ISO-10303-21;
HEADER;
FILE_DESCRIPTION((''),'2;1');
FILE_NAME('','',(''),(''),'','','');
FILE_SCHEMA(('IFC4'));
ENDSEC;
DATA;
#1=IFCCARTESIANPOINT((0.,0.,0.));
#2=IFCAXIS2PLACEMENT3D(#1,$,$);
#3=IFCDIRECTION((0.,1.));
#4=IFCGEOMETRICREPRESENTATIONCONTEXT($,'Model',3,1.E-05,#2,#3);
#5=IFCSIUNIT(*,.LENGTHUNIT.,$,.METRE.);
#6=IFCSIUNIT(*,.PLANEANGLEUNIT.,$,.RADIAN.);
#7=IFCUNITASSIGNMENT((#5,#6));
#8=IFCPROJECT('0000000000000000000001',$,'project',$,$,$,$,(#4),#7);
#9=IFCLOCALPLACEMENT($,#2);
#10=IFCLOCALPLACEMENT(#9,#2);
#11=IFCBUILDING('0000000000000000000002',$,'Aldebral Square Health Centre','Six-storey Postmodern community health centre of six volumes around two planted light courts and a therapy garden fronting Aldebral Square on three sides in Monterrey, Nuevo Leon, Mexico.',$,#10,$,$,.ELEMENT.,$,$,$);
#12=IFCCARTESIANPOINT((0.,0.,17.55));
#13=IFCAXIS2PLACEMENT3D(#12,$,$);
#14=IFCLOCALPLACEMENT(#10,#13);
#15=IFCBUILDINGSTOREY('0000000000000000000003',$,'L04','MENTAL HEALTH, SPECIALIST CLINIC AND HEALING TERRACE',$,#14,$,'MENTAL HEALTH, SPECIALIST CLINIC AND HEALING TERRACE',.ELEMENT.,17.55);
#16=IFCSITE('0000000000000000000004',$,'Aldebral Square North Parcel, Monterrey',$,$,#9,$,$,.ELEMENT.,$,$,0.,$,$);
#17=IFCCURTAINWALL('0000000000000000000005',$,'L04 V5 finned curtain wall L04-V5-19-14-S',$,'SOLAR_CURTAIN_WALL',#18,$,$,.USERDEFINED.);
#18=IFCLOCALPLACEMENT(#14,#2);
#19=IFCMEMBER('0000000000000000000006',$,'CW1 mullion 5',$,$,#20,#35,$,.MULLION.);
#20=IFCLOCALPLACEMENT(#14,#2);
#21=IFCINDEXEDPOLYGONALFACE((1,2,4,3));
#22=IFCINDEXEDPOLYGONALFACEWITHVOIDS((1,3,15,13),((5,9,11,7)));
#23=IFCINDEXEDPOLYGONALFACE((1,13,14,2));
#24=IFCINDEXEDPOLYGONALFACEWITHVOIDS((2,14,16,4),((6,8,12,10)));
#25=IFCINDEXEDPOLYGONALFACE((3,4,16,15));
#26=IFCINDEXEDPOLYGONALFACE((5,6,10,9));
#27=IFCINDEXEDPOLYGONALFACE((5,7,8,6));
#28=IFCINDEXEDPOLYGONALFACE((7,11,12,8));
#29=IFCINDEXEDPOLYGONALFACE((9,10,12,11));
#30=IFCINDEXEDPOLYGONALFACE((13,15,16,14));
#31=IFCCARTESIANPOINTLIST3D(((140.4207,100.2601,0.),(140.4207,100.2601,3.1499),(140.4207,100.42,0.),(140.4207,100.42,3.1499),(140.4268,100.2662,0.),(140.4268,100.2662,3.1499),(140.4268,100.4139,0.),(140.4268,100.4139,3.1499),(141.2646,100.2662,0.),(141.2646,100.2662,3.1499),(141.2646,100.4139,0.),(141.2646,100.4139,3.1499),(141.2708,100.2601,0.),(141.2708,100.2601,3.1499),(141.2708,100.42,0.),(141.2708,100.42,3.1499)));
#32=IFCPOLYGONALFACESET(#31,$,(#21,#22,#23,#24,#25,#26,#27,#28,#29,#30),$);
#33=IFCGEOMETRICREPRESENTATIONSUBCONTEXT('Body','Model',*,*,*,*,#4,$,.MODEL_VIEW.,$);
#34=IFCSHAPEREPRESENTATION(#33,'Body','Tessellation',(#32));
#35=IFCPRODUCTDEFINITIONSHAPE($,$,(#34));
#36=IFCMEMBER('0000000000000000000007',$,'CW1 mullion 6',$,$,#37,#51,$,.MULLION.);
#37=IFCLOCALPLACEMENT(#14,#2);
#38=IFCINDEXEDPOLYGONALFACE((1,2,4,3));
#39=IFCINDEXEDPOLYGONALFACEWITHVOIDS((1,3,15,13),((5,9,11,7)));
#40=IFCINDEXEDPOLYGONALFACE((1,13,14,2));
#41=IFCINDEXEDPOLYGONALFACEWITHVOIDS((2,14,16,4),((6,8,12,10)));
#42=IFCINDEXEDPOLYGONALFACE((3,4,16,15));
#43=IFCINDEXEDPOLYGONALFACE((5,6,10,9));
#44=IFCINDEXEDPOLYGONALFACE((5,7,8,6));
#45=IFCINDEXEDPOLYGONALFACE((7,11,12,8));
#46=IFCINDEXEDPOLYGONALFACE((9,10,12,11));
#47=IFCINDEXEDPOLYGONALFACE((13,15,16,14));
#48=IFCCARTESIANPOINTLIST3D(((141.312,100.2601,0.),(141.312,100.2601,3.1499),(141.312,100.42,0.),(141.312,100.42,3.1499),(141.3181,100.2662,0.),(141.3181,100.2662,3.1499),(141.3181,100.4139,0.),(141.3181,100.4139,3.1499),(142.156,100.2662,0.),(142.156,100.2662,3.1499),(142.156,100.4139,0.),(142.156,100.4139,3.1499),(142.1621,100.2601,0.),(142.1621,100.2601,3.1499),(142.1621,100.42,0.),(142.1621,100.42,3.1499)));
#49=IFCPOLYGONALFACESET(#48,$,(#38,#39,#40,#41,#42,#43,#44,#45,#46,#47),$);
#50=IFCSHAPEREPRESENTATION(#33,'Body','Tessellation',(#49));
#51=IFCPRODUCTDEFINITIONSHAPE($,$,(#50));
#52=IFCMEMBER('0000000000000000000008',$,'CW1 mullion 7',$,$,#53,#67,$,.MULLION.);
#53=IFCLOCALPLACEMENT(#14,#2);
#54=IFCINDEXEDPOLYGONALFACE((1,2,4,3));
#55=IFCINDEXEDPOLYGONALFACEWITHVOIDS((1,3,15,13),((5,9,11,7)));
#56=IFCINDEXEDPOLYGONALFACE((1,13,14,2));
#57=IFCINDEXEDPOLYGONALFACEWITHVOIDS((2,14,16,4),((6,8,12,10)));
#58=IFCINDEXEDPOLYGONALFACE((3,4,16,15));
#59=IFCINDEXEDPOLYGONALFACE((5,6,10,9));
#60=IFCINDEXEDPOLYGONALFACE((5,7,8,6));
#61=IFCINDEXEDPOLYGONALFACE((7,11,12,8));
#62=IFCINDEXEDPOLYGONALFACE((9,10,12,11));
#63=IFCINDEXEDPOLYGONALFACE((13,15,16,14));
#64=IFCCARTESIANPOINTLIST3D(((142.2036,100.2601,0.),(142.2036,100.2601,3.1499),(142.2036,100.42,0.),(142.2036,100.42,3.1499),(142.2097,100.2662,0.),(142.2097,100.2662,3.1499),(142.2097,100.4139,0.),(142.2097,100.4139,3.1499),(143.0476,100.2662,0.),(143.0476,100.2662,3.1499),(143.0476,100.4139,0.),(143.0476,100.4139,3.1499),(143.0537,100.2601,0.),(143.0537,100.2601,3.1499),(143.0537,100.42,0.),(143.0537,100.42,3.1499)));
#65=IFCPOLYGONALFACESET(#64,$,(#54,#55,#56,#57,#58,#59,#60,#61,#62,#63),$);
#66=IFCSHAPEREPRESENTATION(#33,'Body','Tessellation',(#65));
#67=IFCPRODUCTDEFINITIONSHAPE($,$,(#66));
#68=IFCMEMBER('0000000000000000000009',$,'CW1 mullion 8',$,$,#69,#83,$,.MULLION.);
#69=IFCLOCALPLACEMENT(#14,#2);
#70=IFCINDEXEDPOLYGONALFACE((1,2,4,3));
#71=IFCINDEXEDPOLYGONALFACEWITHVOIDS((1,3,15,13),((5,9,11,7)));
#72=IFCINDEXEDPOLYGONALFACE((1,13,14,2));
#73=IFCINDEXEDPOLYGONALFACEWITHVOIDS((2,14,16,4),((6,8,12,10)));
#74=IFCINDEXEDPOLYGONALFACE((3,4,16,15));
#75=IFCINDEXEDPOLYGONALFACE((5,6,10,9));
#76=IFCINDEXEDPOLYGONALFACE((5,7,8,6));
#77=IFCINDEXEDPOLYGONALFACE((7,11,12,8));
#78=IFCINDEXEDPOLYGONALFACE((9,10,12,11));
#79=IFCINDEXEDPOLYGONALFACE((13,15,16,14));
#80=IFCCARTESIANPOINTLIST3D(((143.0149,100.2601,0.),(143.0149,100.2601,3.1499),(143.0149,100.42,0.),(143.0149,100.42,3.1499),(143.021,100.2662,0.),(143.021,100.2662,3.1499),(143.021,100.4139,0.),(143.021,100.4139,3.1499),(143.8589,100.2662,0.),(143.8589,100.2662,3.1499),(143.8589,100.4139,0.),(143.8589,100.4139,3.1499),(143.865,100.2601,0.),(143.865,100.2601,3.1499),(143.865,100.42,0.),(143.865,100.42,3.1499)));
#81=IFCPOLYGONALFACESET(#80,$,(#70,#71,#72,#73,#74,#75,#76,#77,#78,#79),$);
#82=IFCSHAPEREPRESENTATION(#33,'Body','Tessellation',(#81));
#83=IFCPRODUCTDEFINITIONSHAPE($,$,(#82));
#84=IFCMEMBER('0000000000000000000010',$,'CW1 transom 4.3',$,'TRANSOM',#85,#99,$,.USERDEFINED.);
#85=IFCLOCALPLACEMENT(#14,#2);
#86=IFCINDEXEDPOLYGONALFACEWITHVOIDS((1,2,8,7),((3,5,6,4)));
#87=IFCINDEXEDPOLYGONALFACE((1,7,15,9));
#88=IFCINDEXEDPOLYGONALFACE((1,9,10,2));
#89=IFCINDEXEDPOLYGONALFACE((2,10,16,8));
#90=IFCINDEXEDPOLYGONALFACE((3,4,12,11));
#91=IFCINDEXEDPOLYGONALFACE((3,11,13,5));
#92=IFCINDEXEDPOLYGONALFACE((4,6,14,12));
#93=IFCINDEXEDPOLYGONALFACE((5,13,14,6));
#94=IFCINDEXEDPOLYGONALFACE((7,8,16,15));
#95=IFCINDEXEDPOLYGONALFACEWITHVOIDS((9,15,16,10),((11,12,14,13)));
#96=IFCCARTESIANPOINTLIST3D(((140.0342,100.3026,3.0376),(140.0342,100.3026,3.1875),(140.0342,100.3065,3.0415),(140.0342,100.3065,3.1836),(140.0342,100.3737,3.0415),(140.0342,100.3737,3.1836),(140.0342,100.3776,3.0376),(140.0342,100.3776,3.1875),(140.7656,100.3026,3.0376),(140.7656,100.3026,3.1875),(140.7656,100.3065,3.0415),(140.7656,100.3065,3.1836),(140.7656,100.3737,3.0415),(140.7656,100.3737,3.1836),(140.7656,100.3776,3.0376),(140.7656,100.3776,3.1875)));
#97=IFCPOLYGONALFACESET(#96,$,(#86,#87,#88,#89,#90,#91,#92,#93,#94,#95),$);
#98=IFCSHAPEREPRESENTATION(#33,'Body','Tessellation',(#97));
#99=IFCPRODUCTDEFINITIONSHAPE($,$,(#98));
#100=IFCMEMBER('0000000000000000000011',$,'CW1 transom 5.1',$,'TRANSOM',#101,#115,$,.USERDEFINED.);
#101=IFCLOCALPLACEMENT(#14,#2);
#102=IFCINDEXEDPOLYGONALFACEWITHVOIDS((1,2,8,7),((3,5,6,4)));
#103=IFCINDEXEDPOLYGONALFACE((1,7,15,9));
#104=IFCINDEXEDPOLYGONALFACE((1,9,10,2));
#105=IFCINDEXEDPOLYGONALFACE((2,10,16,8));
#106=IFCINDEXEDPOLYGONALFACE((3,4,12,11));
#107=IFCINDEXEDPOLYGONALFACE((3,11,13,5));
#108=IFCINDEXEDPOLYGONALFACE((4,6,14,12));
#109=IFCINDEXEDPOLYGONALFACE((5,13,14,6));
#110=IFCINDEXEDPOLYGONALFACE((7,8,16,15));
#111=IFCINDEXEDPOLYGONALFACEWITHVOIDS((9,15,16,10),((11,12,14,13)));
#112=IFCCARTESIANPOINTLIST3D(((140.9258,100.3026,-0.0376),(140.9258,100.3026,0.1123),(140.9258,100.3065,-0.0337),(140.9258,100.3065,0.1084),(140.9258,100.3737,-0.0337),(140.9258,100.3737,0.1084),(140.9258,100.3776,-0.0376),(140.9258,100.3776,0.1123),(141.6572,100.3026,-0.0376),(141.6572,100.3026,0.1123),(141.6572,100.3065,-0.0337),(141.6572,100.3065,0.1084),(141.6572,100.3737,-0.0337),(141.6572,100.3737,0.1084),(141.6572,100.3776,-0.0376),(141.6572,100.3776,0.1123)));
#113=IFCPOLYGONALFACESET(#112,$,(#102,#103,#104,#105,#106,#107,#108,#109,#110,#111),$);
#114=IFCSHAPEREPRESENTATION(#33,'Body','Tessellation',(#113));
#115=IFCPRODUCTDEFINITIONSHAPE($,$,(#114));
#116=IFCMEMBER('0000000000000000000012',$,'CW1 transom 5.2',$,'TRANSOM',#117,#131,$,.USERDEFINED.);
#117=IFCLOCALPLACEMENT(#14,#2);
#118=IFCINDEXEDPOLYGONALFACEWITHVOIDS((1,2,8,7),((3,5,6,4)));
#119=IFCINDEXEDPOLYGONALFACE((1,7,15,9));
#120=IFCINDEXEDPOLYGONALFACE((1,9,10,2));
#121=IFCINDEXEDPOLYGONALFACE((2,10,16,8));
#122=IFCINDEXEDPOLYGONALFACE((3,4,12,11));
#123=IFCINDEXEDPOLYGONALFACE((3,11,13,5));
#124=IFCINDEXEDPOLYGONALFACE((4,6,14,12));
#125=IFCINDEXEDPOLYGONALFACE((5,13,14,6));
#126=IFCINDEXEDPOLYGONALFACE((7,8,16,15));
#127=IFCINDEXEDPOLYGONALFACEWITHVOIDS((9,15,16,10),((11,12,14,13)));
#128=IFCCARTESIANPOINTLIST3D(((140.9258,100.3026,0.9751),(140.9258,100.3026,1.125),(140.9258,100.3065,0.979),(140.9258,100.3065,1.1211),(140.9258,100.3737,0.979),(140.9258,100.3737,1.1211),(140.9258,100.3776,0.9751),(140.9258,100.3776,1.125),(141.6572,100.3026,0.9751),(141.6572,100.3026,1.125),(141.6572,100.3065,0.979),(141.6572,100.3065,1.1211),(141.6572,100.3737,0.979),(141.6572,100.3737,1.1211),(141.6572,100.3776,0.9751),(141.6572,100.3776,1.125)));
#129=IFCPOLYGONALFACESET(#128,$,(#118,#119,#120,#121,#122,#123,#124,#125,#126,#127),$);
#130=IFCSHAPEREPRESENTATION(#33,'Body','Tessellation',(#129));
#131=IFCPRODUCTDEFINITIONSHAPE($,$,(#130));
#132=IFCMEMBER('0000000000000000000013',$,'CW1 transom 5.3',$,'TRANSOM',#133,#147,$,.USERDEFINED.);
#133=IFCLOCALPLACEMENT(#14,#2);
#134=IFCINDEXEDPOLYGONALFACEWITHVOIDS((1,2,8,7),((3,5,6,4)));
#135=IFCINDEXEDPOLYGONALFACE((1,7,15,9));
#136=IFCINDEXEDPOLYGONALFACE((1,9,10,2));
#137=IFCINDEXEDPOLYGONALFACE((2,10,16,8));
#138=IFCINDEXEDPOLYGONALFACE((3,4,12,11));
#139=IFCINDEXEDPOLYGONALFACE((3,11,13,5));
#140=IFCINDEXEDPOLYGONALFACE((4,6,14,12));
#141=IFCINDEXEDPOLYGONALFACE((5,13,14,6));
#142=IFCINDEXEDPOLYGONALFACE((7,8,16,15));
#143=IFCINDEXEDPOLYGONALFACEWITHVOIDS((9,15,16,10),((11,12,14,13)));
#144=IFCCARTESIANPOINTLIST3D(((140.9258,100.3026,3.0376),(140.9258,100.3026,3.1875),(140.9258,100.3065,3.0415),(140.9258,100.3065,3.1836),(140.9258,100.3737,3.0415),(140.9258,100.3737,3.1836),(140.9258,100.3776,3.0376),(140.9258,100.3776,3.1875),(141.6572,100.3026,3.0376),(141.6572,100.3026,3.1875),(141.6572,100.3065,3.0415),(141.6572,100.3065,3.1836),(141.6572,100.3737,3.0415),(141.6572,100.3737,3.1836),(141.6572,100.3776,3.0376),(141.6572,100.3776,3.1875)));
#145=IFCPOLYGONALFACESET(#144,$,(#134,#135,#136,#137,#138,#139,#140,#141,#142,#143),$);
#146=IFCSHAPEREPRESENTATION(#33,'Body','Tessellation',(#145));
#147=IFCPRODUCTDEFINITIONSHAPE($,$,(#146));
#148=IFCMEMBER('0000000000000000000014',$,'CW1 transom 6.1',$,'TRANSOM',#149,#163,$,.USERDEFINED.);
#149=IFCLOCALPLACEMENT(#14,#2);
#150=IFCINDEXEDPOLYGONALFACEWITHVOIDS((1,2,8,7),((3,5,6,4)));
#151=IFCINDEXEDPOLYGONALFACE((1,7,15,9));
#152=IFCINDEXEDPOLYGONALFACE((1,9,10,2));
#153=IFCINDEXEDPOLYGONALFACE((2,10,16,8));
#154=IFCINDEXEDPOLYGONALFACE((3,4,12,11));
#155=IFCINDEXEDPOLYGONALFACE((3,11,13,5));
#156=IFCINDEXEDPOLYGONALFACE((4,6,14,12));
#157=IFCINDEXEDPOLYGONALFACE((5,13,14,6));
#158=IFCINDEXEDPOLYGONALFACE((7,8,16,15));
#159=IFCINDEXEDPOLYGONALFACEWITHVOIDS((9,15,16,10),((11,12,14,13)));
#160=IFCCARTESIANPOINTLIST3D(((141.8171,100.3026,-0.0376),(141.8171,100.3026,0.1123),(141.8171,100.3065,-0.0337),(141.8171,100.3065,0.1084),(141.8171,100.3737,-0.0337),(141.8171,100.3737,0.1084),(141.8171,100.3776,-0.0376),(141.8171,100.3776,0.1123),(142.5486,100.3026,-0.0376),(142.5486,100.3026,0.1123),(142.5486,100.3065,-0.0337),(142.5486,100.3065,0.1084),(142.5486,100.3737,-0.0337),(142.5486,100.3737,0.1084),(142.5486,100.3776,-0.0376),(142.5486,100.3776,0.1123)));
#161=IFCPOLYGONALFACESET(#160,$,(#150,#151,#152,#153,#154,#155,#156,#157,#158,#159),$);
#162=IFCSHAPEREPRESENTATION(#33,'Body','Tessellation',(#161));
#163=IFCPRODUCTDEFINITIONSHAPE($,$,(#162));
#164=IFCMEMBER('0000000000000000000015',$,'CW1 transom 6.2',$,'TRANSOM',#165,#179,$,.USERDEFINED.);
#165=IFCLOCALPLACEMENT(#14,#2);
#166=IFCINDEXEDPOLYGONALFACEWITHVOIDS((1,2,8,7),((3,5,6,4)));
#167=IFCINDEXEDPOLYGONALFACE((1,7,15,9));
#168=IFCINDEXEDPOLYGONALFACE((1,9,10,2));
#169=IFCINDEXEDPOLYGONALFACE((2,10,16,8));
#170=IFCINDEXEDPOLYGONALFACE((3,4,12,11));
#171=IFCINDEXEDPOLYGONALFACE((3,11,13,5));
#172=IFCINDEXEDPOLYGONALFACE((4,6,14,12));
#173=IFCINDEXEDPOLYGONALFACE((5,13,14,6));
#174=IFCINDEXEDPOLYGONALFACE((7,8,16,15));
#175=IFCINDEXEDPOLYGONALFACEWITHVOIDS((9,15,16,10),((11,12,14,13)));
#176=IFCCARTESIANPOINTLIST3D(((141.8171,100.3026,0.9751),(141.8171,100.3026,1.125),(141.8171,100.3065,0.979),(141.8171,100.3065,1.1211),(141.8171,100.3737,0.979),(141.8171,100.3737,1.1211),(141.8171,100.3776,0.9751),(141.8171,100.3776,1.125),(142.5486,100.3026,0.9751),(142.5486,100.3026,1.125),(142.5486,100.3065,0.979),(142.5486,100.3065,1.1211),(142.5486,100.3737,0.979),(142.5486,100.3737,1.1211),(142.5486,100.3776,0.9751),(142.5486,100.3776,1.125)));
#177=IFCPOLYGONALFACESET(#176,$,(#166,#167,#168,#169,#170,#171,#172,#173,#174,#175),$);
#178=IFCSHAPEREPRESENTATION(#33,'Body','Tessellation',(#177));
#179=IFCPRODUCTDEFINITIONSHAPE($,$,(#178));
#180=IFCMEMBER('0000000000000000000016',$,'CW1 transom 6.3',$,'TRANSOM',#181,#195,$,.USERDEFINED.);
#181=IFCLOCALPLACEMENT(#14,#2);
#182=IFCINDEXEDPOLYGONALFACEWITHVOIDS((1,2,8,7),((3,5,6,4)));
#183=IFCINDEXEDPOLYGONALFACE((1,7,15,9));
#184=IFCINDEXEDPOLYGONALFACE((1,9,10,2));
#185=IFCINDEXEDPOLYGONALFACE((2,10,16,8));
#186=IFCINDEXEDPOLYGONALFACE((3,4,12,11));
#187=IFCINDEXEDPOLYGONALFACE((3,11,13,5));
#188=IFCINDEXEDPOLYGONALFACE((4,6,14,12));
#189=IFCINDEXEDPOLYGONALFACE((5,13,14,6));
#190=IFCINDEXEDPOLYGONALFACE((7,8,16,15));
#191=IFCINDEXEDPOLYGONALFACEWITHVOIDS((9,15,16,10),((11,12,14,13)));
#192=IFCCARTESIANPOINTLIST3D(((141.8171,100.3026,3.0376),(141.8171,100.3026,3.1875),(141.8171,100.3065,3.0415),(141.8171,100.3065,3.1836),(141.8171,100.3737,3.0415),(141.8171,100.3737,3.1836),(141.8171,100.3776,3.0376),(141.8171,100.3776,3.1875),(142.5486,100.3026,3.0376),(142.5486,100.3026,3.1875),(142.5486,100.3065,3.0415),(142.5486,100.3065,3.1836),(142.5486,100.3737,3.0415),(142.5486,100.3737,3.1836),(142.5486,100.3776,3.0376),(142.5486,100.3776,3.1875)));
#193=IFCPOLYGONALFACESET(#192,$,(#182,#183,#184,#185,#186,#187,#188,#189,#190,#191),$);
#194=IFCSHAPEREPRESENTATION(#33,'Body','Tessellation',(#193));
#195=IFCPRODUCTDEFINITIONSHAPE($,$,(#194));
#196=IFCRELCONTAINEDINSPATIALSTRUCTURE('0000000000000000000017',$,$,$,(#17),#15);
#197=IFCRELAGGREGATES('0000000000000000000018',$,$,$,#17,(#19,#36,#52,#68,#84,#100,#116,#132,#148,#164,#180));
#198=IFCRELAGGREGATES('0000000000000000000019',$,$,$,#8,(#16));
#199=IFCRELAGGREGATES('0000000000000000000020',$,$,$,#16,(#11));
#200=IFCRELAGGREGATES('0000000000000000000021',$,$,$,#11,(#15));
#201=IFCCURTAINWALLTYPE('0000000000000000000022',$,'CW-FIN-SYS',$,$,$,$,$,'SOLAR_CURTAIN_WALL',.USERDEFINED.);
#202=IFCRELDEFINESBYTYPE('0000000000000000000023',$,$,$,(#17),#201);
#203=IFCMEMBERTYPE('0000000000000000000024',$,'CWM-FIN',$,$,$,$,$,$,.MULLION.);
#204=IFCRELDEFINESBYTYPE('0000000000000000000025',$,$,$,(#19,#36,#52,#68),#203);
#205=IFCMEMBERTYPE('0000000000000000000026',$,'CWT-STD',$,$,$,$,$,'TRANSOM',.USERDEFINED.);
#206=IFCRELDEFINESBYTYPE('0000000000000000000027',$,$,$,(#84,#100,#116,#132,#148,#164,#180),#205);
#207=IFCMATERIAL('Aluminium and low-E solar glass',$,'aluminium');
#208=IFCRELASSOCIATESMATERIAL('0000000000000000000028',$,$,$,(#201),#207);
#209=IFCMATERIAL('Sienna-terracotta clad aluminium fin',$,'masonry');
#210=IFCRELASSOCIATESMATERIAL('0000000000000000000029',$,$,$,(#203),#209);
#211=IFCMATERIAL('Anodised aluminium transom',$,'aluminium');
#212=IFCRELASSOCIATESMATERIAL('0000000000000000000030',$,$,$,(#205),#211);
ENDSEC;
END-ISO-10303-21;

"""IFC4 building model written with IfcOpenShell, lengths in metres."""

from ifc_helpers import new_model, si_unit, direction, frame, origin, origin_2d, place, context, subcontext, project, spatial, hollow_rectangle, extrude, material, material_profile, profile_set, type_object, element, aggregate, save


model = new_model("IFC4")

# Units and contexts
model_context = context("Model", 3, precision=1e-05, world=origin(), true_north=direction((0.0, 1.0)))
body_context = subcontext(model_context, "Body", "Model", "MODEL_VIEW")
ifc_project = project(units=[si_unit("LENGTHUNIT", "METRE"), si_unit("PLANEANGLEUNIT", "RADIAN")], contexts=[model_context])

# Site, building, storey
site_placement = place(None, origin())
site = spatial("IfcSite", under=ifc_project, at=site_placement, Name="Aldebral Square North Parcel, Monterrey", CompositionType="ELEMENT", RefElevation=0.0)
building_placement = place(site_placement, origin())
building = spatial("IfcBuilding", under=site, at=building_placement, Name="Aldebral Square Health Centre", Description="Six-storey Postmodern community health centre of six volumes around two planted light courts and a therapy garden fronting Aldebral Square on three sides in Monterrey, Nuevo Leon, Mexico.", CompositionType="ELEMENT")
storey_placement = place(building_placement, frame((0.0, 0.0, 17.55)))
storey = spatial("IfcBuildingStorey", under=building, at=storey_placement, Name="L04", Description="MENTAL HEALTH, SPECIALIST CLINIC AND HEALING TERRACE", LongName="MENTAL HEALTH, SPECIALIST CLINIC AND HEALING TERRACE", CompositionType="ELEMENT", Elevation=17.55)

# Curtain wall, members
ifc_material_1 = material(Name="Aluminium and low-E solar glass", Category="aluminium")
curtain_wall_type = type_object("IfcCurtainWallType", Name="CW-FIN-SYS", ElementType="SOLAR_CURTAIN_WALL", PredefinedType="USERDEFINED", material=ifc_material_1)
curtain_wall_placement = place(storey_placement, origin())
curtain_wall = element("IfcCurtainWall", 1, at=curtain_wall_placement, inside=storey, type_object=curtain_wall_type, Name="L04 V5 finned curtain wall L04-V5-19-14-S", ObjectType="SOLAR_CURTAIN_WALL", PredefinedType="USERDEFINED")
ifc_material_2 = material(Name="Sienna-terracotta clad aluminium fin", Category="masonry")
ifc_material_profile_1 = material_profile(ifc_material_2, hollow_rectangle(XDim=0.1599, YDim=0.8501, WallThickness=0.0061, at=origin_2d()), Name="FIN 160x850x6")
ifc_profile_set_1 = profile_set([ifc_material_profile_1], Name="Sienna-terracotta clad aluminium fin")
member_type_1 = type_object("IfcMemberType", Name="CWM-FIN", PredefinedType="MULLION", material=ifc_profile_set_1)
member_1_placement = place(storey_placement, frame((140.8457, 100.3401, 0.0), z_axis=(0.0, 0.0, 1.0), x_axis=(0.0, 1.0, 0.0)))
member_1 = element("IfcMember", 2, at=member_1_placement, type_object=member_type_1, Name="CW1 mullion 5", PredefinedType="MULLION", context=body_context, shape_type="SweptSolid", body=[
    extrude(hollow_rectangle(XDim=0.1599, YDim=0.8501, WallThickness=0.0061, at=origin_2d()), origin(), (0.0, 0.0, 1.0), 3.1499),
])
member_2_placement = place(storey_placement, frame((141.7371, 100.3401, 0.0), z_axis=(0.0, 0.0, 1.0), x_axis=(0.0, 1.0, 0.0)))
member_2 = element("IfcMember", 3, at=member_2_placement, type_object=member_type_1, Name="CW1 mullion 6", PredefinedType="MULLION", context=body_context, shape_type="SweptSolid", body=[
    extrude(hollow_rectangle(XDim=0.1599, YDim=0.8501, WallThickness=0.0061, at=origin_2d()), origin(), (0.0, 0.0, 1.0), 3.1499),
])
member_3_placement = place(storey_placement, frame((142.6287, 100.3401, 0.0), z_axis=(0.0, 0.0, 1.0), x_axis=(0.0, 1.0, 0.0)))
member_3 = element("IfcMember", 4, at=member_3_placement, type_object=member_type_1, Name="CW1 mullion 7", PredefinedType="MULLION", context=body_context, shape_type="SweptSolid", body=[
    extrude(hollow_rectangle(XDim=0.1599, YDim=0.8501, WallThickness=0.0061, at=origin_2d()), origin(), (0.0, 0.0, 1.0), 3.1499),
])
member_4_placement = place(storey_placement, frame((143.4399, 100.3401, 0.0), z_axis=(0.0, 0.0, 1.0), x_axis=(0.0, 1.0, 0.0)))
member_4 = element("IfcMember", 5, at=member_4_placement, type_object=member_type_1, Name="CW1 mullion 8", PredefinedType="MULLION", context=body_context, shape_type="SweptSolid", body=[
    extrude(hollow_rectangle(XDim=0.1599, YDim=0.8501, WallThickness=0.0061, at=origin_2d()), origin(), (0.0, 0.0, 1.0), 3.1499),
])
ifc_material_3 = material(Name="Anodised aluminium transom", Category="aluminium")
ifc_material_profile_2 = material_profile(ifc_material_3, hollow_rectangle(XDim=0.075, YDim=0.1499, WallThickness=0.0039, at=origin_2d()), Name="CWT 75x150x4")
ifc_profile_set_2 = profile_set([ifc_material_profile_2], Name="Anodised aluminium transom")
member_type_2 = type_object("IfcMemberType", Name="CWT-STD", ElementType="TRANSOM", PredefinedType="USERDEFINED", material=ifc_profile_set_2)
member_5_placement = place(storey_placement, frame((140.0342, 100.3401, 3.1125), z_axis=(1.0, 0.0, 0.0), x_axis=(0.0, 1.0, 0.0)))
member_5 = element("IfcMember", 6, at=member_5_placement, type_object=member_type_2, Name="CW1 transom 4.3", ObjectType="TRANSOM", PredefinedType="USERDEFINED", context=body_context, shape_type="SweptSolid", body=[
    extrude(hollow_rectangle(XDim=0.075, YDim=0.1499, WallThickness=0.0039, at=origin_2d()), origin(), (0.0, 0.0, 1.0), 0.7314),
])
member_6_placement = place(storey_placement, frame((140.9258, 100.3401, 0.0374), z_axis=(1.0, 0.0, 0.0), x_axis=(0.0, 1.0, 0.0)))
member_6 = element("IfcMember", 7, at=member_6_placement, type_object=member_type_2, Name="CW1 transom 5.1", ObjectType="TRANSOM", PredefinedType="USERDEFINED", context=body_context, shape_type="SweptSolid", body=[
    extrude(hollow_rectangle(XDim=0.075, YDim=0.1499, WallThickness=0.0039, at=origin_2d()), origin(), (0.0, 0.0, 1.0), 0.7314),
])
member_7_placement = place(storey_placement, frame((140.9258, 100.3401, 1.05), z_axis=(1.0, 0.0, 0.0), x_axis=(0.0, 1.0, 0.0)))
member_7 = element("IfcMember", 8, at=member_7_placement, type_object=member_type_2, Name="CW1 transom 5.2", ObjectType="TRANSOM", PredefinedType="USERDEFINED", context=body_context, shape_type="SweptSolid", body=[
    extrude(hollow_rectangle(XDim=0.075, YDim=0.1499, WallThickness=0.0039, at=origin_2d()), origin(), (0.0, 0.0, 1.0), 0.7314),
])
member_8_placement = place(storey_placement, frame((140.9258, 100.3401, 3.1125), z_axis=(1.0, 0.0, 0.0), x_axis=(0.0, 1.0, 0.0)))
member_8 = element("IfcMember", 9, at=member_8_placement, type_object=member_type_2, Name="CW1 transom 5.3", ObjectType="TRANSOM", PredefinedType="USERDEFINED", context=body_context, shape_type="SweptSolid", body=[
    extrude(hollow_rectangle(XDim=0.075, YDim=0.1499, WallThickness=0.0039, at=origin_2d()), origin(), (0.0, 0.0, 1.0), 0.7314),
])
member_9_placement = place(storey_placement, frame((141.8171, 100.3401, 0.0374), z_axis=(1.0, 0.0, 0.0), x_axis=(0.0, 1.0, 0.0)))
member_9 = element("IfcMember", 10, at=member_9_placement, type_object=member_type_2, Name="CW1 transom 6.1", ObjectType="TRANSOM", PredefinedType="USERDEFINED", context=body_context, shape_type="SweptSolid", body=[
    extrude(hollow_rectangle(XDim=0.075, YDim=0.1499, WallThickness=0.0039, at=origin_2d()), origin(), (0.0, 0.0, 1.0), 0.7314),
])
member_10_placement = place(storey_placement, frame((141.8171, 100.3401, 1.05), z_axis=(1.0, 0.0, 0.0), x_axis=(0.0, 1.0, 0.0)))
member_10 = element("IfcMember", 11, at=member_10_placement, type_object=member_type_2, Name="CW1 transom 6.2", ObjectType="TRANSOM", PredefinedType="USERDEFINED", context=body_context, shape_type="SweptSolid", body=[
    extrude(hollow_rectangle(XDim=0.075, YDim=0.1499, WallThickness=0.0039, at=origin_2d()), origin(), (0.0, 0.0, 1.0), 0.7314),
])
member_11_placement = place(storey_placement, frame((141.8171, 100.3401, 3.1125), z_axis=(1.0, 0.0, 0.0), x_axis=(0.0, 1.0, 0.0)))
member_11 = element("IfcMember", 12, at=member_11_placement, type_object=member_type_2, Name="CW1 transom 6.3", ObjectType="TRANSOM", PredefinedType="USERDEFINED", context=body_context, shape_type="SweptSolid", body=[
    extrude(hollow_rectangle(XDim=0.075, YDim=0.1499, WallThickness=0.0039, at=origin_2d()), origin(), (0.0, 0.0, 1.0), 0.7314),
])
aggregate(curtain_wall, [member_1, member_2, member_3, member_4, member_5, member_6, member_7, member_8, member_9, member_10, member_11])

save(model, "model.ifc")
